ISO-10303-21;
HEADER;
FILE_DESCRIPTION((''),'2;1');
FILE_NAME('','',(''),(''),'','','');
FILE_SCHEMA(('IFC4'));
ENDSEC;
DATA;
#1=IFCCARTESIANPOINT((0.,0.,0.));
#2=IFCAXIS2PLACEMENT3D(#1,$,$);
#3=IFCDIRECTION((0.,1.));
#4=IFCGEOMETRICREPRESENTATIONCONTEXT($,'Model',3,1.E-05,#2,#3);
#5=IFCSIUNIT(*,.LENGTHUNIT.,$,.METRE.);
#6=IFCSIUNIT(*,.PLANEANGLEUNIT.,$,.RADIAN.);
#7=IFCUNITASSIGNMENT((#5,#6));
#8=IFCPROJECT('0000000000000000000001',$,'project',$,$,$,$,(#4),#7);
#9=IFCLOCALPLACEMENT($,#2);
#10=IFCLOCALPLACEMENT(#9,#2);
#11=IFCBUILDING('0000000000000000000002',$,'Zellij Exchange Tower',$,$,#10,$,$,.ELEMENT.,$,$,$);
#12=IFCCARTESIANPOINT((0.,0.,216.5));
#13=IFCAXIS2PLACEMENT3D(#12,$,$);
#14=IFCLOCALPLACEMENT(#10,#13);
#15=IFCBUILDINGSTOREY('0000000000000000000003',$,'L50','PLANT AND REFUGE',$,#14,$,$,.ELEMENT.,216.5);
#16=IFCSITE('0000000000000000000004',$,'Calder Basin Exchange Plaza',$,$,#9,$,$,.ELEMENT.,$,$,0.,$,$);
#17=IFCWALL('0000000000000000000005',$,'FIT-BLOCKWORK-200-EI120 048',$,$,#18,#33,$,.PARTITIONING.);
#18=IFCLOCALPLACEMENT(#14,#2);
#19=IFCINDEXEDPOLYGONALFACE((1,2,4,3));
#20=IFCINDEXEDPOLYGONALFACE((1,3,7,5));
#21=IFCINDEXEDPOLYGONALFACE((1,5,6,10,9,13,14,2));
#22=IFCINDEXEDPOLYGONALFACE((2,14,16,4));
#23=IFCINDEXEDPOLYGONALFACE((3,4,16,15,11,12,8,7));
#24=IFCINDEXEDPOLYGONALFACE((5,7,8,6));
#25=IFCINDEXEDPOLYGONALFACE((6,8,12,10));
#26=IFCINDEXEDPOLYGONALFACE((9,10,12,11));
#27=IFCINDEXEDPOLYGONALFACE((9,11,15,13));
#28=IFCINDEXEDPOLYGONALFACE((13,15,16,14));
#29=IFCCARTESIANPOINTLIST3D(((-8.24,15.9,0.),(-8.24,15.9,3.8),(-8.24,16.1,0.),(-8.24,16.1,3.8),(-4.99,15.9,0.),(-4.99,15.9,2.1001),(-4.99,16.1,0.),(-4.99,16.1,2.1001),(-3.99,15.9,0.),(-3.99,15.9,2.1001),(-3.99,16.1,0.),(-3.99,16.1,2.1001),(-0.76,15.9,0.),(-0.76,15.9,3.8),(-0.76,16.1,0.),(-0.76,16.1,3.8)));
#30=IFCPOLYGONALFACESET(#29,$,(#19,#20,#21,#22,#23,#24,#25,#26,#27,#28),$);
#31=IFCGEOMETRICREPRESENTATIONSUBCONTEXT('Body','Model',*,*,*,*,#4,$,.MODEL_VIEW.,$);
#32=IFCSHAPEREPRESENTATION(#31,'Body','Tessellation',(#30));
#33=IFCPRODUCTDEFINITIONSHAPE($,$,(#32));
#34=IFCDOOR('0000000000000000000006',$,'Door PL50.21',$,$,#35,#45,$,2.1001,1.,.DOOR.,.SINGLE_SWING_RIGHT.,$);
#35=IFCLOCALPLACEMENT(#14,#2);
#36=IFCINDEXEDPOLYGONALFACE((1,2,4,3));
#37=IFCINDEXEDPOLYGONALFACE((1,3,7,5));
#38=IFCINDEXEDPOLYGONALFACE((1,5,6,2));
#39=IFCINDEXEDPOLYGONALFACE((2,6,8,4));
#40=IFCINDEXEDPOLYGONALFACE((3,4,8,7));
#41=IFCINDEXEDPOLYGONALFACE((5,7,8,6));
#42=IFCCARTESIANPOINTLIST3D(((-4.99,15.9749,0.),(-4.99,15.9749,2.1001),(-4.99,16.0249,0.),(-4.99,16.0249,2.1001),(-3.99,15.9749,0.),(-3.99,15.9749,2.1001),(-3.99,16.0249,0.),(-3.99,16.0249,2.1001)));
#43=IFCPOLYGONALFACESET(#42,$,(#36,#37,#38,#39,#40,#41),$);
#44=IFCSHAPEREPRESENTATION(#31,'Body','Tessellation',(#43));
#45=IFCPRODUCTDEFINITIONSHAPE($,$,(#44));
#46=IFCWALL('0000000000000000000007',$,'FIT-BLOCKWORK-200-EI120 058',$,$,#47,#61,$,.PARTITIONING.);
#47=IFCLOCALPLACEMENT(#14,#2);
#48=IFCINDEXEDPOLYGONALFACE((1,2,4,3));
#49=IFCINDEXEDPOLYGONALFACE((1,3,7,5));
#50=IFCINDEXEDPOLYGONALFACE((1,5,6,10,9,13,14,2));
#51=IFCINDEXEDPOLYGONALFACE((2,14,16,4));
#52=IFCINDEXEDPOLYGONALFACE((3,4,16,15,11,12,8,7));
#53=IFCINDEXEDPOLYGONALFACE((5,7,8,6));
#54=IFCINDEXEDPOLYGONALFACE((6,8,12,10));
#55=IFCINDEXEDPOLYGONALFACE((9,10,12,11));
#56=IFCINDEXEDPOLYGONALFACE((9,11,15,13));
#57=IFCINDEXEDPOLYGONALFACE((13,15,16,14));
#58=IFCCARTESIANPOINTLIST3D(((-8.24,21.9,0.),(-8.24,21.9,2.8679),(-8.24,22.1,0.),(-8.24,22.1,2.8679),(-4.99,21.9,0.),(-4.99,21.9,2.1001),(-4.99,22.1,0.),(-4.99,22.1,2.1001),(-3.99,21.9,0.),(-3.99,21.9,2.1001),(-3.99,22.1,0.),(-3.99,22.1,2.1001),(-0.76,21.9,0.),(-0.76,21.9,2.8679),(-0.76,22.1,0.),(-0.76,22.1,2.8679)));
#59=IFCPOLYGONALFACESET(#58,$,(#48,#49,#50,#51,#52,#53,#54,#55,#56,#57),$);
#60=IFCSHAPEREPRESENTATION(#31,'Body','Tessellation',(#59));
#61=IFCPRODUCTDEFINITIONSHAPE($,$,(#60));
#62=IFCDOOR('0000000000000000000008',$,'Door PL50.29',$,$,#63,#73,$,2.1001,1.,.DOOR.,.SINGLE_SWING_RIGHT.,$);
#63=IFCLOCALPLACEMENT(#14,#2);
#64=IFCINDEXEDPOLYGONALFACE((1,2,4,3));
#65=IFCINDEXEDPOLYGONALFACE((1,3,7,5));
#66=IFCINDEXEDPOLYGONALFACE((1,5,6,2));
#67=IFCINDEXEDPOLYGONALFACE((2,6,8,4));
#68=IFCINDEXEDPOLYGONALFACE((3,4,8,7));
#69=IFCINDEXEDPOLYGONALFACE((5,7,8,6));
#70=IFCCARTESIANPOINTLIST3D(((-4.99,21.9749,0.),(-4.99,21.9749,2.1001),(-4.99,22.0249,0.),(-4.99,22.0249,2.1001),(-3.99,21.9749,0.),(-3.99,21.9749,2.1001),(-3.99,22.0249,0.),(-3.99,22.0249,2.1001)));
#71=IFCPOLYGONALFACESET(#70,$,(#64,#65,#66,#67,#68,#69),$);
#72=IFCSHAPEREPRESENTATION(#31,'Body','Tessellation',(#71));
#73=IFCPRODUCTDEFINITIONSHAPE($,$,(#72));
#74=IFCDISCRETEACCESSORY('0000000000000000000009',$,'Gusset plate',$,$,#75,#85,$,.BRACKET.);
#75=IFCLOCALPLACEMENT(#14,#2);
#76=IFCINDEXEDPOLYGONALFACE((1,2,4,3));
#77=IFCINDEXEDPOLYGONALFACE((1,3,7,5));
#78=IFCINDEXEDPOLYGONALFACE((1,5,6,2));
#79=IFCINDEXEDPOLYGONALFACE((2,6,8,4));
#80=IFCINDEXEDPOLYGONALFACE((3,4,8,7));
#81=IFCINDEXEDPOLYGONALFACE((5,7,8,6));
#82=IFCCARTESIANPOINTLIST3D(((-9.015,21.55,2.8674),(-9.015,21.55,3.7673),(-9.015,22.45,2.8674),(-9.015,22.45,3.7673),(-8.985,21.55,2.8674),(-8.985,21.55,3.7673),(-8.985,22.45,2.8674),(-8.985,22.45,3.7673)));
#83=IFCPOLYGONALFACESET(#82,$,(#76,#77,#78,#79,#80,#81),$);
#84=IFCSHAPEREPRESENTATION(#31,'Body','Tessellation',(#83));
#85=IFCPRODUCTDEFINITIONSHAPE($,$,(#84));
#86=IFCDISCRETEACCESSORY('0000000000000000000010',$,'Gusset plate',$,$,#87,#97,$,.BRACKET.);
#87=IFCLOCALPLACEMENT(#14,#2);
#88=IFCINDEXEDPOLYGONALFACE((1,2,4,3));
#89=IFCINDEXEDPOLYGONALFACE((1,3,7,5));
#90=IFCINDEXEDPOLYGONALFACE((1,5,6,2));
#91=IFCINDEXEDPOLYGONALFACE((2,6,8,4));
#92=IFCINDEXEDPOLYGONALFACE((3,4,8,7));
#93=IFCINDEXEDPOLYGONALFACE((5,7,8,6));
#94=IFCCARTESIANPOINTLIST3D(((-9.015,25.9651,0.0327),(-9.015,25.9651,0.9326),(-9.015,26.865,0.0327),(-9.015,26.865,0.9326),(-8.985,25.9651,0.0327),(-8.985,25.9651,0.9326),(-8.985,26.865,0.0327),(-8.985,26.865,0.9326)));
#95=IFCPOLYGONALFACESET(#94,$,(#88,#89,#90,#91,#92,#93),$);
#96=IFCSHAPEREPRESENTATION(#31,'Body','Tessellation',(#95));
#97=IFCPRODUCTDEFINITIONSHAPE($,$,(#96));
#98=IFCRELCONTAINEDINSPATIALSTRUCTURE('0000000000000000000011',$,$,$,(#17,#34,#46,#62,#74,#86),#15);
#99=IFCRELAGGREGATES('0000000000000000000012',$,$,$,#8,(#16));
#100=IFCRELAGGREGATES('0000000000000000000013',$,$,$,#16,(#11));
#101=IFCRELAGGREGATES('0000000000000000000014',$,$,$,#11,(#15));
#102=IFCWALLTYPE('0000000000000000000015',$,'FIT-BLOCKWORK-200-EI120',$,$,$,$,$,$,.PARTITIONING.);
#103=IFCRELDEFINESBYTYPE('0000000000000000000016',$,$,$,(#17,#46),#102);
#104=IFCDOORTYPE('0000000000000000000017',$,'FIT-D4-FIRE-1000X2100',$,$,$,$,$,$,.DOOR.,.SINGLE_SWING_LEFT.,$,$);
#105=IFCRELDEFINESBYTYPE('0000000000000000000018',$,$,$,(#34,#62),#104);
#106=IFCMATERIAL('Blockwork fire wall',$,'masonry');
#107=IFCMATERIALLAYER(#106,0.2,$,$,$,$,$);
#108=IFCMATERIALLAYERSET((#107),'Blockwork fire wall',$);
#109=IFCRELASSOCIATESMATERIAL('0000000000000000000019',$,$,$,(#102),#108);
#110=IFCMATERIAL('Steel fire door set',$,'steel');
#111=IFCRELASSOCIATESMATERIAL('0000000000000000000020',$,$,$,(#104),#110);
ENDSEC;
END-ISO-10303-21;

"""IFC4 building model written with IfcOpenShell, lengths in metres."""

from ifc_helpers import new_model, si_unit, direction, frame, frame_2d, origin, origin_2d, place, context, subcontext, project, spatial, rectangle, extrude, material, layer, layer_set, type_object, element, fill, save


model = new_model("IFC4")

# Units and contexts
model_context = context("Model", 3, precision=1e-05, world=origin(), true_north=direction((0.0, 1.0)))
body_context = subcontext(model_context, "Body", "Model", "MODEL_VIEW")
ifc_project = project(units=[si_unit("LENGTHUNIT", "METRE"), si_unit("PLANEANGLEUNIT", "RADIAN")], contexts=[model_context])

# Site, building, storey
site_placement = place(None, origin())
site = spatial("IfcSite", under=ifc_project, at=site_placement, Name="Calder Basin Exchange Plaza", CompositionType="ELEMENT", RefElevation=0.0)
building_placement = place(site_placement, origin())
building = spatial("IfcBuilding", under=site, at=building_placement, Name="Zellij Exchange Tower", CompositionType="ELEMENT")
storey_placement = place(building_placement, frame((0.0, 0.0, 216.5)))
storey = spatial("IfcBuildingStorey", under=building, at=storey_placement, Name="L50", Description="PLANT AND REFUGE", CompositionType="ELEMENT", Elevation=216.5)

# Walls, openings, doors
ifc_material_1 = material(Name="Blockwork fire wall", Category="masonry")
ifc_layer = layer(ifc_material_1, 0.2)
ifc_layer_set = layer_set([ifc_layer], Name="Blockwork fire wall")
wall_type = type_object("IfcWallType", Name="FIT-BLOCKWORK-200-EI120", PredefinedType="PARTITIONING", material=ifc_layer_set)
wall_1_placement = place(storey_placement, frame((-8.24, 16.0, 0.0), z_axis=(0.0, 0.0, 1.0), x_axis=(1.0, 0.0, 0.0)))
wall_1 = element("IfcWall", 1, at=wall_1_placement, inside=storey, type_object=wall_type, Name="FIT-BLOCKWORK-200-EI120 048", PredefinedType="PARTITIONING", context=body_context, shape_type="SweptSolid", body=[
    extrude(rectangle(XDim=7.48, YDim=0.2, at=frame_2d((3.74, 0.0))), origin(), (0.0, 0.0, 1.0), 3.8),
])
opening_1_placement = place(wall_1_placement, frame((3.25, 0.0, 0.0)))
opening_1 = element("IfcOpeningElement", 2, at=opening_1_placement, cuts=wall_1, PredefinedType="OPENING", context=body_context, shape_type="SweptSolid", body=[
    extrude(rectangle(XDim=1.0, YDim=2.1001, at=frame_2d((0.5, 1.05))), frame((0.0, 0.1118, 0.0), z_axis=(0.0, -1.0, 0.0), x_axis=(1.0, 0.0, 0.0)), (0.0, 0.0, 1.0), 0.2239),
])
ifc_material_2 = material(Name="Steel fire door set", Category="steel")
door_type = type_object("IfcDoorType", Name="FIT-D4-FIRE-1000X2100", OperationType="SINGLE_SWING_LEFT", PredefinedType="DOOR", material=ifc_material_2)
door_1_placement = place(opening_1_placement, origin())
door_1 = element("IfcDoor", 3, at=door_1_placement, inside=storey, type_object=door_type, Name="Door PL50.21", OperationType="SINGLE_SWING_RIGHT", OverallHeight=2.1001, OverallWidth=1.0, PredefinedType="DOOR", context=body_context, shape_type="SweptSolid", body=[
    extrude(rectangle(XDim=1.0, YDim=2.1001, at=frame_2d((0.5, 1.05))), frame((0.0, 0.0249, 0.0), z_axis=(0.0, -1.0, 0.0), x_axis=(1.0, 0.0, 0.0)), (0.0, 0.0, 1.0), 0.05),
])
fill(opening_1, door_1)
wall_2_placement = place(storey_placement, frame((-8.24, 22.0, 0.0), z_axis=(0.0, 0.0, 1.0), x_axis=(1.0, 0.0, 0.0)))
wall_2 = element("IfcWall", 4, at=wall_2_placement, inside=storey, type_object=wall_type, Name="FIT-BLOCKWORK-200-EI120 058", PredefinedType="PARTITIONING", context=body_context, shape_type="SweptSolid", body=[
    extrude(rectangle(XDim=7.48, YDim=0.2, at=frame_2d((3.74, 0.0))), origin(), (0.0, 0.0, 1.0), 2.8679),
])
opening_2_placement = place(wall_2_placement, frame((3.25, 0.0, 0.0)))
opening_2 = element("IfcOpeningElement", 5, at=opening_2_placement, cuts=wall_2, PredefinedType="OPENING", context=body_context, shape_type="SweptSolid", body=[
    extrude(rectangle(XDim=1.0, YDim=2.1001, at=frame_2d((0.5, 1.05))), frame((0.0, 0.1118, 0.0), z_axis=(0.0, -1.0, 0.0), x_axis=(1.0, 0.0, 0.0)), (0.0, 0.0, 1.0), 0.2239),
])
door_2_placement = place(opening_2_placement, origin())
door_2 = element("IfcDoor", 6, at=door_2_placement, inside=storey, type_object=door_type, Name="Door PL50.29", OperationType="SINGLE_SWING_RIGHT", OverallHeight=2.1001, OverallWidth=1.0, PredefinedType="DOOR", context=body_context, shape_type="SweptSolid", body=[
    extrude(rectangle(XDim=1.0, YDim=2.1001, at=frame_2d((0.5, 1.05))), frame((0.0, 0.0249, 0.0), z_axis=(0.0, -1.0, 0.0), x_axis=(1.0, 0.0, 0.0)), (0.0, 0.0, 1.0), 0.05),
])
fill(opening_2, door_2)

# Discrete accessories
for number, where, z_axis, x_axis, name in (
    (7, (-9.0, 22.0, 2.8674), (0.0, 0.0, 1.0), (0.0, 1.0, 0.0), "Gusset plate"),
    (8, (-9.0, 26.415, 0.0327), (0.0, 0.0, 1.0), (0.0, 1.0, 0.0), "Gusset plate"),
):
    element("IfcDiscreteAccessory", number, at=place(storey_placement, frame(where, z_axis=z_axis, x_axis=x_axis)), inside=storey, Name=name, PredefinedType="BRACKET", context=body_context, shape_type="SweptSolid", body=[
        extrude(rectangle(XDim=0.8999, YDim=0.03, at=origin_2d()), origin(), (0.0, 0.0, 1.0), 0.8999),
    ])

save(model, "model.ifc")
